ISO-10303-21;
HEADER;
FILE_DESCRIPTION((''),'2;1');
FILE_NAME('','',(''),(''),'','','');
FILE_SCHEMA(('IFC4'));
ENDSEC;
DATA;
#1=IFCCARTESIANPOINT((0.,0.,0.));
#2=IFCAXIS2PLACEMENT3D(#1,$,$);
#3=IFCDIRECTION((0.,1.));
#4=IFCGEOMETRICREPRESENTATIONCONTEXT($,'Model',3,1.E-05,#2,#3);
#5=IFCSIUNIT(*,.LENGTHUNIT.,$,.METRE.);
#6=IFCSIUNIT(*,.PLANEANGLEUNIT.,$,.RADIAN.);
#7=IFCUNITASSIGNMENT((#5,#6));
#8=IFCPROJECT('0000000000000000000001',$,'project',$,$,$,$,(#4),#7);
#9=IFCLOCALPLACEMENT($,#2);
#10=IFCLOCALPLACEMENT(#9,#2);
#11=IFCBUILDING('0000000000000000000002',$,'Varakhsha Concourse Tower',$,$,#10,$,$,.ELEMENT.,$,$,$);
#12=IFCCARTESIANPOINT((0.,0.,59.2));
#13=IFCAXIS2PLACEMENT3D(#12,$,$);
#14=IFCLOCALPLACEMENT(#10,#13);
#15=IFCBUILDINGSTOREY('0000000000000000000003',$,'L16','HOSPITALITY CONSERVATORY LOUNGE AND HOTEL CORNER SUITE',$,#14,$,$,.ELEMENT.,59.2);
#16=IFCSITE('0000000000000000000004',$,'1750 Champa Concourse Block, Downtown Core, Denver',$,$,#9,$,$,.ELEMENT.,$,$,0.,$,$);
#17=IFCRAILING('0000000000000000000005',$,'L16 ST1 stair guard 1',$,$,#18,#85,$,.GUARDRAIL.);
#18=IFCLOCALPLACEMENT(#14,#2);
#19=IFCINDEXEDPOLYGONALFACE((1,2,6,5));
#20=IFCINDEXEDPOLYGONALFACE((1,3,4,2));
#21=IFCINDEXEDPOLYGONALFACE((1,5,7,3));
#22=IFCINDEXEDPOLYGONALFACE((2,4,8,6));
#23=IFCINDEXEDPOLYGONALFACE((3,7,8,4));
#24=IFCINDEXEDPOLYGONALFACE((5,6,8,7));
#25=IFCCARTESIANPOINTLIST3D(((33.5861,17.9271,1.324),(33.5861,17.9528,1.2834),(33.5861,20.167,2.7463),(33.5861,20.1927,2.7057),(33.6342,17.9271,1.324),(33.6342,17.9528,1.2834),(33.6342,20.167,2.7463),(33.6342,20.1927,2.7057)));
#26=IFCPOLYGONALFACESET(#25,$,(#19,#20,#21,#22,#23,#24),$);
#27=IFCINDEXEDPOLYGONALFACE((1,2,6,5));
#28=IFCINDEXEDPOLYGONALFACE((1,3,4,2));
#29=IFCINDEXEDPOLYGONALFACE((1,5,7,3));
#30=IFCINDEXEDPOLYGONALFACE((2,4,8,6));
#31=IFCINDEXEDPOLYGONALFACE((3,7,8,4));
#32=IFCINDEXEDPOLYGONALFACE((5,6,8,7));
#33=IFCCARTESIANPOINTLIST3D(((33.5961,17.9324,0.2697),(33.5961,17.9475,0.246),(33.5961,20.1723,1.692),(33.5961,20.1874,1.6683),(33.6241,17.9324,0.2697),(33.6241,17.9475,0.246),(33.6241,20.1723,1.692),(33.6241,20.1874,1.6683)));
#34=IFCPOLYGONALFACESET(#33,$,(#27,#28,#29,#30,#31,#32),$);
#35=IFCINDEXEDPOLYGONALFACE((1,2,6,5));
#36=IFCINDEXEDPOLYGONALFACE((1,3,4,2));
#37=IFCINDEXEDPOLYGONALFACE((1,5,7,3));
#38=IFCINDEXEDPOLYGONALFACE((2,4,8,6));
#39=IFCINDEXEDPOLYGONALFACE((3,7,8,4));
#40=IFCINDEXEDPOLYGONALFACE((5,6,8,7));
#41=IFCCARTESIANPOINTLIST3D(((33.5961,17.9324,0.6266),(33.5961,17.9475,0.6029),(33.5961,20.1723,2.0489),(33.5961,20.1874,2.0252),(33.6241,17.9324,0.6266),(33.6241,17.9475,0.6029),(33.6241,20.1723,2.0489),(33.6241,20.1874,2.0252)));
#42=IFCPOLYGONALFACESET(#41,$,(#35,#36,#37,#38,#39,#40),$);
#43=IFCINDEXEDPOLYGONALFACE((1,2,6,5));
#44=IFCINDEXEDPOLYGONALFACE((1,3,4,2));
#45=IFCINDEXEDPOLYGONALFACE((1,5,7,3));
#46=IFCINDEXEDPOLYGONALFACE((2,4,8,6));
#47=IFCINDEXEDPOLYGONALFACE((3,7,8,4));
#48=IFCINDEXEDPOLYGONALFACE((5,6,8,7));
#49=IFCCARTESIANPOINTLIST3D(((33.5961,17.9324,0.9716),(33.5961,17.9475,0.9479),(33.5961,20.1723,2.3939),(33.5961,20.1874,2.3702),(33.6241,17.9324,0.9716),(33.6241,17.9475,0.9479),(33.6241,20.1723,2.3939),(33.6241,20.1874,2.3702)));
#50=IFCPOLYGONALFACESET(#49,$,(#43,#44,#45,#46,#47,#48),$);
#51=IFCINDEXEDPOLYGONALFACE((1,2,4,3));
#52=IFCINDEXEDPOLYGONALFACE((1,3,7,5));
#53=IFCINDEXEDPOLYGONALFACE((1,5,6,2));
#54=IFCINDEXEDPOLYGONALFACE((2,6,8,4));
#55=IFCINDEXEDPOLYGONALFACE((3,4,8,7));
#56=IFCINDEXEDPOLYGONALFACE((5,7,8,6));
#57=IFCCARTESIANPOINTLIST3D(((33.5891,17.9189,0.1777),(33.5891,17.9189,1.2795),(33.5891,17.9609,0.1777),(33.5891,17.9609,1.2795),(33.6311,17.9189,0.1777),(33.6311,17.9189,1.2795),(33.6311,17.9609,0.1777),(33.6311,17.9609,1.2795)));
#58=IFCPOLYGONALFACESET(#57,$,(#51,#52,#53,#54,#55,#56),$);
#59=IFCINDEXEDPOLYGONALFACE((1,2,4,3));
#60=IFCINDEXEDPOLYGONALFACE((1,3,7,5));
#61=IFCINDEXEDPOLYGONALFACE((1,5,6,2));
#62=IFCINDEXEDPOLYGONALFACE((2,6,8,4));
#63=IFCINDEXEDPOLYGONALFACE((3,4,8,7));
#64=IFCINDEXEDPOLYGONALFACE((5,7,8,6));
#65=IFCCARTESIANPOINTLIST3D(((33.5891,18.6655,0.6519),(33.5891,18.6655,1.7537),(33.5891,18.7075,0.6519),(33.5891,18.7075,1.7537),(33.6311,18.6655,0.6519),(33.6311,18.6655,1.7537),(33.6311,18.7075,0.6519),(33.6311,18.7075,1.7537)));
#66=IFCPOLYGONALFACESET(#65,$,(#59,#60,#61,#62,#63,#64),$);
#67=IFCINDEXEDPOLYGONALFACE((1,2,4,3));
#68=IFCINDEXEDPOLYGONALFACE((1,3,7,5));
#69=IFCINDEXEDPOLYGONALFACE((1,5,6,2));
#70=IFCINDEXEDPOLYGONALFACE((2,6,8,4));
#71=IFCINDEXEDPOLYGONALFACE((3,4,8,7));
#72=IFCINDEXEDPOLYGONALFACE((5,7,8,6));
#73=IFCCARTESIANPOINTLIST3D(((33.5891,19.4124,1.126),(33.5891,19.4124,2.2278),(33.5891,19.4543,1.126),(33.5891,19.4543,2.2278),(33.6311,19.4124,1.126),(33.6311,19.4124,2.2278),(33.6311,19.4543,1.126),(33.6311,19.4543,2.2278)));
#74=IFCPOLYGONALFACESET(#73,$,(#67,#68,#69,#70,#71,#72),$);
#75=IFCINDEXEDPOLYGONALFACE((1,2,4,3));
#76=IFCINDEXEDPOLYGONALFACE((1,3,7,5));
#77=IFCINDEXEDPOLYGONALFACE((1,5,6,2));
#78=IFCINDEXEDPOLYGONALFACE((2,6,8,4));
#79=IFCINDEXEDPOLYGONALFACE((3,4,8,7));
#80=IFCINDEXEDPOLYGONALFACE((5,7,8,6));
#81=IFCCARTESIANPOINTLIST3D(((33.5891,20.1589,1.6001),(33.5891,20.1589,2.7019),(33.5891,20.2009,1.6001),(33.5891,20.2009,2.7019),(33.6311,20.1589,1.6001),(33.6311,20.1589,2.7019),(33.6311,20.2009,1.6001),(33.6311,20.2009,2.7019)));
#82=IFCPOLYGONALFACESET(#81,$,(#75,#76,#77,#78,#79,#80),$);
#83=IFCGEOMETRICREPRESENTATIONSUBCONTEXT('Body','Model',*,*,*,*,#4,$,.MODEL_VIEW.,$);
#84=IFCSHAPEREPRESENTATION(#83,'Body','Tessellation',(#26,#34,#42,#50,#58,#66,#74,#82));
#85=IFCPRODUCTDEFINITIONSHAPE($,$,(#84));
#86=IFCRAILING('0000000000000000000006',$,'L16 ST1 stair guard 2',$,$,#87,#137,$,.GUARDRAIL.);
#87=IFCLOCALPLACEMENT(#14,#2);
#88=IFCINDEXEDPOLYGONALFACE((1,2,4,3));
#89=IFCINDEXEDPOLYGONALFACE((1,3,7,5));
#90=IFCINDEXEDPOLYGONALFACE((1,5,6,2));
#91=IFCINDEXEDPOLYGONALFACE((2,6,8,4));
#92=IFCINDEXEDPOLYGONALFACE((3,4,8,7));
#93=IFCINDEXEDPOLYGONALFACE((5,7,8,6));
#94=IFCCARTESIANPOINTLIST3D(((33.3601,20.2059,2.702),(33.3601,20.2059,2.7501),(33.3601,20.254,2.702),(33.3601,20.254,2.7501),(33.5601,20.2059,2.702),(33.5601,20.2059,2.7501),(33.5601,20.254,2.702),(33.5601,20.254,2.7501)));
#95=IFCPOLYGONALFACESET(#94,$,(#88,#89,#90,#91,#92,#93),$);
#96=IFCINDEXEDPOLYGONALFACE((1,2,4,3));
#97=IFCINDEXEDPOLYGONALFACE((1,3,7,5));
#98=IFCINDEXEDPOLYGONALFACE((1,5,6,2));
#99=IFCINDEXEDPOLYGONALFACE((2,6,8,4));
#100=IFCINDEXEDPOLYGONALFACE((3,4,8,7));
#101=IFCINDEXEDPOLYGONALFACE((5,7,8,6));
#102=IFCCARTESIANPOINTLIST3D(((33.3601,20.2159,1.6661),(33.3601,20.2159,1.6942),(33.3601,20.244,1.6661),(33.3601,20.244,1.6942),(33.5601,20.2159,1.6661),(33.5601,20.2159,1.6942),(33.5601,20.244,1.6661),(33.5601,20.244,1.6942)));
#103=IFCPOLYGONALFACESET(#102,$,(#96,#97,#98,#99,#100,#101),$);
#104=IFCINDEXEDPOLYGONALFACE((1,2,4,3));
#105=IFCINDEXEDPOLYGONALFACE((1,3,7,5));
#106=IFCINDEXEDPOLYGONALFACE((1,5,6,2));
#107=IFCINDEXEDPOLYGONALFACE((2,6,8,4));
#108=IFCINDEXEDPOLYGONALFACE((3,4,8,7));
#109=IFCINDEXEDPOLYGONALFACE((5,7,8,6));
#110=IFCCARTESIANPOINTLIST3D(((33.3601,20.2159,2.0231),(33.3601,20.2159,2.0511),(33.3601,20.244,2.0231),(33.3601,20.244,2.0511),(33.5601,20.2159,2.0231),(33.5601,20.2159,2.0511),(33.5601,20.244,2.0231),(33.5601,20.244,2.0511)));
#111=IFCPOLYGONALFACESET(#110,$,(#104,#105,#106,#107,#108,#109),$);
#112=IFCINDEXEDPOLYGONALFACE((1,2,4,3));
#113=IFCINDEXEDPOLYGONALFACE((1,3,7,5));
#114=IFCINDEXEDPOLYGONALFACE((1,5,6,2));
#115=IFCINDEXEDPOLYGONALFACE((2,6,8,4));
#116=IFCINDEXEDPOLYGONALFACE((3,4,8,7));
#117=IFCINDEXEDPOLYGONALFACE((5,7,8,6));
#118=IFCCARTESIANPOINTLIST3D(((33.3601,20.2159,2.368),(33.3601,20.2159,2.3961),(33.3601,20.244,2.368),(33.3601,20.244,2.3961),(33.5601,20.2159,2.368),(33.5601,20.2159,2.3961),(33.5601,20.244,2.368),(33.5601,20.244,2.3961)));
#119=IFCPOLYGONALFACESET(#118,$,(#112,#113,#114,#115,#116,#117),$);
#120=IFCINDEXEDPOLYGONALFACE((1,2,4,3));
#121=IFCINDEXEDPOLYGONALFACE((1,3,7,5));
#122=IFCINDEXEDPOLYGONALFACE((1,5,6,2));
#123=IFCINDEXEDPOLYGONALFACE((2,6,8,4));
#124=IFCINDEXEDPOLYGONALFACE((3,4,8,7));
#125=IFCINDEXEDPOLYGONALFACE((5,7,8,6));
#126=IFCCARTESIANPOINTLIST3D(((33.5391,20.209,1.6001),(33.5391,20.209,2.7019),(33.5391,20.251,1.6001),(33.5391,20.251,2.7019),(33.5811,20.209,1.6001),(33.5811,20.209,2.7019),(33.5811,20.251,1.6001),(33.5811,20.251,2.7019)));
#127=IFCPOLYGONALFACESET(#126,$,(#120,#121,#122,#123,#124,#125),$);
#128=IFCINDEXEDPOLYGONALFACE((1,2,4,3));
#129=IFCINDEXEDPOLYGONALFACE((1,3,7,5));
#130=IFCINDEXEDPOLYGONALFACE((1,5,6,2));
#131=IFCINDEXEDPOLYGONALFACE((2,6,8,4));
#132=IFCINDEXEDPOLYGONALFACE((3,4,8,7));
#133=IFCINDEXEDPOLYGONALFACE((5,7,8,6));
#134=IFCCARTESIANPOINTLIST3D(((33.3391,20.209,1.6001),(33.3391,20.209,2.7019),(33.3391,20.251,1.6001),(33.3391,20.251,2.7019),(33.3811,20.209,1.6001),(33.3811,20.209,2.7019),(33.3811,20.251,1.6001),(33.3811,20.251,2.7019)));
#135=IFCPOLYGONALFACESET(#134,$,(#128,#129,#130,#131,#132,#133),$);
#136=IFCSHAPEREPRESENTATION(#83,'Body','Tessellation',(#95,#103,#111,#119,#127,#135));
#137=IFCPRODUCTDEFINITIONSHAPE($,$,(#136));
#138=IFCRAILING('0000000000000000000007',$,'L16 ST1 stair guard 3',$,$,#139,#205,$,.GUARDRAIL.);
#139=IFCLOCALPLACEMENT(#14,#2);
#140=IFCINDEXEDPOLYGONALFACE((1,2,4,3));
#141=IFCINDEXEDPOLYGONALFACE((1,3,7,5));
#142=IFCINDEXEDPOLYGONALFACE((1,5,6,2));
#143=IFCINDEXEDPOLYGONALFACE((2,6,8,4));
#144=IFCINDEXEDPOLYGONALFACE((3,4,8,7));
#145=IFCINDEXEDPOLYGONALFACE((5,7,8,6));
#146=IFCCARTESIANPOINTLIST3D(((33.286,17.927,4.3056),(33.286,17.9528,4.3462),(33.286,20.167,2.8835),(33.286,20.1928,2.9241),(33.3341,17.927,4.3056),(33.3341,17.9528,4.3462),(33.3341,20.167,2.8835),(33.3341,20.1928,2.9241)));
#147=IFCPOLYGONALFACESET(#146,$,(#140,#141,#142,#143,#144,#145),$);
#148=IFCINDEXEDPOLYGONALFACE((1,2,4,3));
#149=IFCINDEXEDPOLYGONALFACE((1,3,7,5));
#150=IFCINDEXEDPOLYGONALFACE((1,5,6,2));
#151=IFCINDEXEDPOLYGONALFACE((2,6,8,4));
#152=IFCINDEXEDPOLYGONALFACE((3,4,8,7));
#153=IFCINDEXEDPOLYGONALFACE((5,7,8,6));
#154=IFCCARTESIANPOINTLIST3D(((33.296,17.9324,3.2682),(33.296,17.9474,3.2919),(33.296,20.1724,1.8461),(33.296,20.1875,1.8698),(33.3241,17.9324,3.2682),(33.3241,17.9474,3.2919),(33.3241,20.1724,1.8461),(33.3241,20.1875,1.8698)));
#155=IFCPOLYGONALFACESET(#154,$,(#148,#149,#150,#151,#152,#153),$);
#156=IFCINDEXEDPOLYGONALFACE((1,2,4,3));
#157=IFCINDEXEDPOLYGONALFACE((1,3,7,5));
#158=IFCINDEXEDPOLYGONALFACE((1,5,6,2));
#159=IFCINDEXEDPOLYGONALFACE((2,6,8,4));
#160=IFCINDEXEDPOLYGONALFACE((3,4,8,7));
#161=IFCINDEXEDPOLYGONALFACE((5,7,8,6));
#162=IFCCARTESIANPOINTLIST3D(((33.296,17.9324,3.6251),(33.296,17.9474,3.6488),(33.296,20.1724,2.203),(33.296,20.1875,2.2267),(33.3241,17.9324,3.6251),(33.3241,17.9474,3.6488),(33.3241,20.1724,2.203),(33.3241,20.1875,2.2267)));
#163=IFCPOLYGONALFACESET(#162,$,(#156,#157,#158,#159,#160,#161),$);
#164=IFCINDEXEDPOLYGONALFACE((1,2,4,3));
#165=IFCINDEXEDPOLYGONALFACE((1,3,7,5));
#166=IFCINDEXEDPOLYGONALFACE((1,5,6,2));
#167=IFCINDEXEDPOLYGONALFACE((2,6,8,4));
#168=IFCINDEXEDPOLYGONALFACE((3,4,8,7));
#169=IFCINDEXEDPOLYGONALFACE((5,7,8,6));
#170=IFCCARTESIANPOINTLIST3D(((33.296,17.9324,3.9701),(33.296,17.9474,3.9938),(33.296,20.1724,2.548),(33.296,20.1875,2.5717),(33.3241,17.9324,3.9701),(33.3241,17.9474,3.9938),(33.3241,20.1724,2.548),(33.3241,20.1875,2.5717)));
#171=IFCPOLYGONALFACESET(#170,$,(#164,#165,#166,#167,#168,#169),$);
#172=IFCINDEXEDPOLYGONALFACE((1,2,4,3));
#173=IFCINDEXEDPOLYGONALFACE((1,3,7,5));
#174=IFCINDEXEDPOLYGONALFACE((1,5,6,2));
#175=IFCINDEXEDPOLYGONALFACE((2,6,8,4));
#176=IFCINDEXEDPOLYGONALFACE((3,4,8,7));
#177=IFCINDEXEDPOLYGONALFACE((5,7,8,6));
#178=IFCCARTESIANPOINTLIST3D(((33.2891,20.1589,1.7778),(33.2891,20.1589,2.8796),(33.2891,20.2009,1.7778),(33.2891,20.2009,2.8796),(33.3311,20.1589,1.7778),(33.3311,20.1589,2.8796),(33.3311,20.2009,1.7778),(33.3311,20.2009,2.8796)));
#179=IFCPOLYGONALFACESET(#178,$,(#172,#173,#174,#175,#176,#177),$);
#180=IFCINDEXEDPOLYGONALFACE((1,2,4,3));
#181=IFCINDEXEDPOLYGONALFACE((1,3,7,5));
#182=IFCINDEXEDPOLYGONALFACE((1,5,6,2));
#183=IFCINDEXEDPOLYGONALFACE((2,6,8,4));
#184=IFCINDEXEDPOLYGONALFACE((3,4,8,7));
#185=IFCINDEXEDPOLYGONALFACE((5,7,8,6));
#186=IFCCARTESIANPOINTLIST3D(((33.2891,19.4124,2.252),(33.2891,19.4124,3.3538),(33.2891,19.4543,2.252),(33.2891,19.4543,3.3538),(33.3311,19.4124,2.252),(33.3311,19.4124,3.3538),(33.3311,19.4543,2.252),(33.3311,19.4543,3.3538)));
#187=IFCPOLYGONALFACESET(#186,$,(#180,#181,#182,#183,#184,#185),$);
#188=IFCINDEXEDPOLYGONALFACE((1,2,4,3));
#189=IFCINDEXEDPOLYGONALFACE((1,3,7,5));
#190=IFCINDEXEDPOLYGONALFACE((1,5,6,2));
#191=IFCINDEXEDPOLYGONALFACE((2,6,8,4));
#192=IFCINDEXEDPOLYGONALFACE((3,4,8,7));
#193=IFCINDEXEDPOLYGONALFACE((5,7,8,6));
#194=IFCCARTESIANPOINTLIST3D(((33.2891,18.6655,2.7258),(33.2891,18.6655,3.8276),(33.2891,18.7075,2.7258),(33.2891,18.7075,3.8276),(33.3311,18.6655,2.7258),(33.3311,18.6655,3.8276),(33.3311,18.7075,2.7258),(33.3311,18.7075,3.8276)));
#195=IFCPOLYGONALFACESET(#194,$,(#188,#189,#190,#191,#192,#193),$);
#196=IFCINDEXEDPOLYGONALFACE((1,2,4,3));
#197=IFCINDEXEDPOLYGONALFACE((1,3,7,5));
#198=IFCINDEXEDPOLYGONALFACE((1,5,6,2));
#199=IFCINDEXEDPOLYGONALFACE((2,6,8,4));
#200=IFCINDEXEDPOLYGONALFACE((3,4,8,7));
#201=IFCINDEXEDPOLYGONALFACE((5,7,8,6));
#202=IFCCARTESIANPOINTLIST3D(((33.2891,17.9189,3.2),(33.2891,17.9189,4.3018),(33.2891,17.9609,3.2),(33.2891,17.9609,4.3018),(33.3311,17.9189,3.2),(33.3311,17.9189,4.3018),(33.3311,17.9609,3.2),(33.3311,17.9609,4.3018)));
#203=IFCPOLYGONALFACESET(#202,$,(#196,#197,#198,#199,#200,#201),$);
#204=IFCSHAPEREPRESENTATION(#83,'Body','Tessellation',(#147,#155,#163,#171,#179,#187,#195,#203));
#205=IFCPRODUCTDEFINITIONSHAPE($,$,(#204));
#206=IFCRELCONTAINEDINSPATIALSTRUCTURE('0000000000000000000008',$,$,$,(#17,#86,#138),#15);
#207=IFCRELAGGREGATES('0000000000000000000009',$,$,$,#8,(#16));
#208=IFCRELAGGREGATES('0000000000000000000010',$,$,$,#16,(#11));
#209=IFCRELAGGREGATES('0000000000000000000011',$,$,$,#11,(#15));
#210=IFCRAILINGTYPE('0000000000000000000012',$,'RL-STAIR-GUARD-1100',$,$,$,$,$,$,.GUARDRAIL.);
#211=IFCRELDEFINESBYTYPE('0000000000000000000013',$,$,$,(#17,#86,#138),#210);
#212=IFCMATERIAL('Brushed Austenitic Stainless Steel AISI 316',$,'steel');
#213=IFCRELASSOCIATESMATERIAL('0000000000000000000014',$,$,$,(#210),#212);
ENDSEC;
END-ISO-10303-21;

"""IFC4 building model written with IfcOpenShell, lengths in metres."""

from ifc_helpers import new_model, si_unit, direction, frame, origin, origin_2d, place, context, subcontext, project, spatial, rectangle, extrude, material, type_object, element, save


model = new_model("IFC4")

# Units and contexts
model_context = context("Model", 3, precision=1e-05, world=origin(), true_north=direction((0.0, 1.0)))
body_context = subcontext(model_context, "Body", "Model", "MODEL_VIEW")
ifc_project = project(units=[si_unit("LENGTHUNIT", "METRE"), si_unit("PLANEANGLEUNIT", "RADIAN")], contexts=[model_context])

# Site, building, storey
site_placement = place(None, origin())
site = spatial("IfcSite", under=ifc_project, at=site_placement, Name="1750 Champa Concourse Block, Downtown Core, Denver", CompositionType="ELEMENT", RefElevation=0.0)
building_placement = place(site_placement, origin())
building = spatial("IfcBuilding", under=site, at=building_placement, Name="Varakhsha Concourse Tower", CompositionType="ELEMENT")
storey_placement = place(building_placement, frame((0.0, 0.0, 59.2)))
storey = spatial("IfcBuildingStorey", under=building, at=storey_placement, Name="L16", Description="HOSPITALITY CONSERVATORY LOUNGE AND HOTEL CORNER SUITE", CompositionType="ELEMENT", Elevation=59.2)

# Shared definitions
ifc_material_1 = material(Name="Brushed Austenitic Stainless Steel AISI 316", Category="steel")

# Railings
railing_type_1 = type_object("IfcRailingType", Name="RL-STAIR-GUARD-1100", PredefinedType="GUARDRAIL", material=ifc_material_1)
railing_1_placement = place(storey_placement, frame((33.6101, 17.9399, 0.1777)))
element("IfcRailing", 1, at=railing_1_placement, inside=storey, type_object=railing_type_1, Name="L16 ST1 stair guard 1", PredefinedType="GUARDRAIL", context=body_context, shape_type="SweptSolid", body=[
    extrude(rectangle(XDim=0.0481, YDim=0.0481, at=origin_2d()), frame((0.0, 0.0, 1.126), z_axis=(0.0, 0.844188, 0.536048), x_axis=(-1.0, 0.0, 0.0)), (0.0, 0.0, 1.0), 2.6533),
    extrude(rectangle(XDim=0.0281, YDim=0.0281, at=origin_2d()), frame((0.0, 0.0, 0.0801), z_axis=(0.0, 0.844188, 0.536048), x_axis=(-1.0, 0.0, 0.0)), (0.0, 0.0, 1.0), 2.6533),
    extrude(rectangle(XDim=0.0281, YDim=0.0281, at=origin_2d()), frame((0.0, 0.0, 0.437), z_axis=(0.0, 0.844188, 0.536048), x_axis=(-1.0, 0.0, 0.0)), (0.0, 0.0, 1.0), 2.6533),
    extrude(rectangle(XDim=0.0281, YDim=0.0281, at=origin_2d()), frame((0.0, 0.0, 0.782), z_axis=(0.0, 0.844188, 0.536048), x_axis=(-1.0, 0.0, 0.0)), (0.0, 0.0, 1.0), 2.6533),
    extrude(rectangle(XDim=0.042, YDim=0.042, at=origin_2d()), origin(), (0.0, 0.0, 1.0), 1.1018),
    extrude(rectangle(XDim=0.042, YDim=0.042, at=origin_2d()), frame((0.0, 0.7466, 0.4741)), (0.0, 0.0, 1.0), 1.1018),
    extrude(rectangle(XDim=0.042, YDim=0.042, at=origin_2d()), frame((0.0, 1.4934, 0.9482)), (0.0, 0.0, 1.0), 1.1018),
    extrude(rectangle(XDim=0.042, YDim=0.042, at=origin_2d()), frame((0.0, 2.24, 1.4224)), (0.0, 0.0, 1.0), 1.1018),
])
railing_2_placement = place(storey_placement, frame((33.5601, 20.23, 1.6001)))
element("IfcRailing", 2, at=railing_2_placement, inside=storey, type_object=railing_type_1, Name="L16 ST1 stair guard 2", PredefinedType="GUARDRAIL", context=body_context, shape_type="SweptSolid", body=[
    extrude(rectangle(XDim=0.0481, YDim=0.0481, at=origin_2d()), frame((0.0, 0.0, 1.126), z_axis=(-1.0, 0.0, 0.0), x_axis=(0.0, -1.0, 0.0)), (0.0, 0.0, 1.0), 0.2),
    extrude(rectangle(XDim=0.0281, YDim=0.0281, at=origin_2d()), frame((0.0, 0.0, 0.0801), z_axis=(-1.0, 0.0, 0.0), x_axis=(0.0, -1.0, 0.0)), (0.0, 0.0, 1.0), 0.2),
    extrude(rectangle(XDim=0.0281, YDim=0.0281, at=origin_2d()), frame((0.0, 0.0, 0.437), z_axis=(-1.0, 0.0, 0.0), x_axis=(0.0, -1.0, 0.0)), (0.0, 0.0, 1.0), 0.2),
    extrude(rectangle(XDim=0.0281, YDim=0.0281, at=origin_2d()), frame((0.0, 0.0, 0.782), z_axis=(-1.0, 0.0, 0.0), x_axis=(0.0, -1.0, 0.0)), (0.0, 0.0, 1.0), 0.2),
    extrude(rectangle(XDim=0.042, YDim=0.042, at=origin_2d()), origin(), (0.0, 0.0, 1.0), 1.1018),
    extrude(rectangle(XDim=0.042, YDim=0.042, at=origin_2d()), frame((-0.2, 0.0, 0.0)), (0.0, 0.0, 1.0), 1.1018),
])
railing_3_placement = place(storey_placement, frame((33.3101, 20.1799, 1.7778)))
element("IfcRailing", 3, at=railing_3_placement, inside=storey, type_object=railing_type_1, Name="L16 ST1 stair guard 3", PredefinedType="GUARDRAIL", context=body_context, shape_type="SweptSolid", body=[
    extrude(rectangle(XDim=0.0481, YDim=0.0481, at=origin_2d()), frame((0.0, 0.0, 1.126), z_axis=(0.0, -0.844229, 0.535982), x_axis=(1.0, 0.0, 0.0)), (0.0, 0.0, 1.0), 2.6533),
    extrude(rectangle(XDim=0.0281, YDim=0.0281, at=origin_2d()), frame((0.0, 0.0, 0.0801), z_axis=(0.0, -0.844229, 0.535982), x_axis=(1.0, 0.0, 0.0)), (0.0, 0.0, 1.0), 2.6533),
    extrude(rectangle(XDim=0.0281, YDim=0.0281, at=origin_2d()), frame((0.0, 0.0, 0.437), z_axis=(0.0, -0.844229, 0.535982), x_axis=(1.0, 0.0, 0.0)), (0.0, 0.0, 1.0), 2.6533),
    extrude(rectangle(XDim=0.0281, YDim=0.0281, at=origin_2d()), frame((0.0, 0.0, 0.782), z_axis=(0.0, -0.844229, 0.535982), x_axis=(1.0, 0.0, 0.0)), (0.0, 0.0, 1.0), 2.6533),
    extrude(rectangle(XDim=0.042, YDim=0.042, at=origin_2d()), origin(), (0.0, 0.0, 1.0), 1.1018),
    extrude(rectangle(XDim=0.042, YDim=0.042, at=origin_2d()), frame((0.0, -0.7466, 0.4741)), (0.0, 0.0, 1.0), 1.1018),
    extrude(rectangle(XDim=0.042, YDim=0.042, at=origin_2d()), frame((0.0, -1.4934, 0.948)), (0.0, 0.0, 1.0), 1.1018),
    extrude(rectangle(XDim=0.042, YDim=0.042, at=origin_2d()), frame((0.0, -2.24, 1.4221)), (0.0, 0.0, 1.0), 1.1018),
])

save(model, "model.ifc")
